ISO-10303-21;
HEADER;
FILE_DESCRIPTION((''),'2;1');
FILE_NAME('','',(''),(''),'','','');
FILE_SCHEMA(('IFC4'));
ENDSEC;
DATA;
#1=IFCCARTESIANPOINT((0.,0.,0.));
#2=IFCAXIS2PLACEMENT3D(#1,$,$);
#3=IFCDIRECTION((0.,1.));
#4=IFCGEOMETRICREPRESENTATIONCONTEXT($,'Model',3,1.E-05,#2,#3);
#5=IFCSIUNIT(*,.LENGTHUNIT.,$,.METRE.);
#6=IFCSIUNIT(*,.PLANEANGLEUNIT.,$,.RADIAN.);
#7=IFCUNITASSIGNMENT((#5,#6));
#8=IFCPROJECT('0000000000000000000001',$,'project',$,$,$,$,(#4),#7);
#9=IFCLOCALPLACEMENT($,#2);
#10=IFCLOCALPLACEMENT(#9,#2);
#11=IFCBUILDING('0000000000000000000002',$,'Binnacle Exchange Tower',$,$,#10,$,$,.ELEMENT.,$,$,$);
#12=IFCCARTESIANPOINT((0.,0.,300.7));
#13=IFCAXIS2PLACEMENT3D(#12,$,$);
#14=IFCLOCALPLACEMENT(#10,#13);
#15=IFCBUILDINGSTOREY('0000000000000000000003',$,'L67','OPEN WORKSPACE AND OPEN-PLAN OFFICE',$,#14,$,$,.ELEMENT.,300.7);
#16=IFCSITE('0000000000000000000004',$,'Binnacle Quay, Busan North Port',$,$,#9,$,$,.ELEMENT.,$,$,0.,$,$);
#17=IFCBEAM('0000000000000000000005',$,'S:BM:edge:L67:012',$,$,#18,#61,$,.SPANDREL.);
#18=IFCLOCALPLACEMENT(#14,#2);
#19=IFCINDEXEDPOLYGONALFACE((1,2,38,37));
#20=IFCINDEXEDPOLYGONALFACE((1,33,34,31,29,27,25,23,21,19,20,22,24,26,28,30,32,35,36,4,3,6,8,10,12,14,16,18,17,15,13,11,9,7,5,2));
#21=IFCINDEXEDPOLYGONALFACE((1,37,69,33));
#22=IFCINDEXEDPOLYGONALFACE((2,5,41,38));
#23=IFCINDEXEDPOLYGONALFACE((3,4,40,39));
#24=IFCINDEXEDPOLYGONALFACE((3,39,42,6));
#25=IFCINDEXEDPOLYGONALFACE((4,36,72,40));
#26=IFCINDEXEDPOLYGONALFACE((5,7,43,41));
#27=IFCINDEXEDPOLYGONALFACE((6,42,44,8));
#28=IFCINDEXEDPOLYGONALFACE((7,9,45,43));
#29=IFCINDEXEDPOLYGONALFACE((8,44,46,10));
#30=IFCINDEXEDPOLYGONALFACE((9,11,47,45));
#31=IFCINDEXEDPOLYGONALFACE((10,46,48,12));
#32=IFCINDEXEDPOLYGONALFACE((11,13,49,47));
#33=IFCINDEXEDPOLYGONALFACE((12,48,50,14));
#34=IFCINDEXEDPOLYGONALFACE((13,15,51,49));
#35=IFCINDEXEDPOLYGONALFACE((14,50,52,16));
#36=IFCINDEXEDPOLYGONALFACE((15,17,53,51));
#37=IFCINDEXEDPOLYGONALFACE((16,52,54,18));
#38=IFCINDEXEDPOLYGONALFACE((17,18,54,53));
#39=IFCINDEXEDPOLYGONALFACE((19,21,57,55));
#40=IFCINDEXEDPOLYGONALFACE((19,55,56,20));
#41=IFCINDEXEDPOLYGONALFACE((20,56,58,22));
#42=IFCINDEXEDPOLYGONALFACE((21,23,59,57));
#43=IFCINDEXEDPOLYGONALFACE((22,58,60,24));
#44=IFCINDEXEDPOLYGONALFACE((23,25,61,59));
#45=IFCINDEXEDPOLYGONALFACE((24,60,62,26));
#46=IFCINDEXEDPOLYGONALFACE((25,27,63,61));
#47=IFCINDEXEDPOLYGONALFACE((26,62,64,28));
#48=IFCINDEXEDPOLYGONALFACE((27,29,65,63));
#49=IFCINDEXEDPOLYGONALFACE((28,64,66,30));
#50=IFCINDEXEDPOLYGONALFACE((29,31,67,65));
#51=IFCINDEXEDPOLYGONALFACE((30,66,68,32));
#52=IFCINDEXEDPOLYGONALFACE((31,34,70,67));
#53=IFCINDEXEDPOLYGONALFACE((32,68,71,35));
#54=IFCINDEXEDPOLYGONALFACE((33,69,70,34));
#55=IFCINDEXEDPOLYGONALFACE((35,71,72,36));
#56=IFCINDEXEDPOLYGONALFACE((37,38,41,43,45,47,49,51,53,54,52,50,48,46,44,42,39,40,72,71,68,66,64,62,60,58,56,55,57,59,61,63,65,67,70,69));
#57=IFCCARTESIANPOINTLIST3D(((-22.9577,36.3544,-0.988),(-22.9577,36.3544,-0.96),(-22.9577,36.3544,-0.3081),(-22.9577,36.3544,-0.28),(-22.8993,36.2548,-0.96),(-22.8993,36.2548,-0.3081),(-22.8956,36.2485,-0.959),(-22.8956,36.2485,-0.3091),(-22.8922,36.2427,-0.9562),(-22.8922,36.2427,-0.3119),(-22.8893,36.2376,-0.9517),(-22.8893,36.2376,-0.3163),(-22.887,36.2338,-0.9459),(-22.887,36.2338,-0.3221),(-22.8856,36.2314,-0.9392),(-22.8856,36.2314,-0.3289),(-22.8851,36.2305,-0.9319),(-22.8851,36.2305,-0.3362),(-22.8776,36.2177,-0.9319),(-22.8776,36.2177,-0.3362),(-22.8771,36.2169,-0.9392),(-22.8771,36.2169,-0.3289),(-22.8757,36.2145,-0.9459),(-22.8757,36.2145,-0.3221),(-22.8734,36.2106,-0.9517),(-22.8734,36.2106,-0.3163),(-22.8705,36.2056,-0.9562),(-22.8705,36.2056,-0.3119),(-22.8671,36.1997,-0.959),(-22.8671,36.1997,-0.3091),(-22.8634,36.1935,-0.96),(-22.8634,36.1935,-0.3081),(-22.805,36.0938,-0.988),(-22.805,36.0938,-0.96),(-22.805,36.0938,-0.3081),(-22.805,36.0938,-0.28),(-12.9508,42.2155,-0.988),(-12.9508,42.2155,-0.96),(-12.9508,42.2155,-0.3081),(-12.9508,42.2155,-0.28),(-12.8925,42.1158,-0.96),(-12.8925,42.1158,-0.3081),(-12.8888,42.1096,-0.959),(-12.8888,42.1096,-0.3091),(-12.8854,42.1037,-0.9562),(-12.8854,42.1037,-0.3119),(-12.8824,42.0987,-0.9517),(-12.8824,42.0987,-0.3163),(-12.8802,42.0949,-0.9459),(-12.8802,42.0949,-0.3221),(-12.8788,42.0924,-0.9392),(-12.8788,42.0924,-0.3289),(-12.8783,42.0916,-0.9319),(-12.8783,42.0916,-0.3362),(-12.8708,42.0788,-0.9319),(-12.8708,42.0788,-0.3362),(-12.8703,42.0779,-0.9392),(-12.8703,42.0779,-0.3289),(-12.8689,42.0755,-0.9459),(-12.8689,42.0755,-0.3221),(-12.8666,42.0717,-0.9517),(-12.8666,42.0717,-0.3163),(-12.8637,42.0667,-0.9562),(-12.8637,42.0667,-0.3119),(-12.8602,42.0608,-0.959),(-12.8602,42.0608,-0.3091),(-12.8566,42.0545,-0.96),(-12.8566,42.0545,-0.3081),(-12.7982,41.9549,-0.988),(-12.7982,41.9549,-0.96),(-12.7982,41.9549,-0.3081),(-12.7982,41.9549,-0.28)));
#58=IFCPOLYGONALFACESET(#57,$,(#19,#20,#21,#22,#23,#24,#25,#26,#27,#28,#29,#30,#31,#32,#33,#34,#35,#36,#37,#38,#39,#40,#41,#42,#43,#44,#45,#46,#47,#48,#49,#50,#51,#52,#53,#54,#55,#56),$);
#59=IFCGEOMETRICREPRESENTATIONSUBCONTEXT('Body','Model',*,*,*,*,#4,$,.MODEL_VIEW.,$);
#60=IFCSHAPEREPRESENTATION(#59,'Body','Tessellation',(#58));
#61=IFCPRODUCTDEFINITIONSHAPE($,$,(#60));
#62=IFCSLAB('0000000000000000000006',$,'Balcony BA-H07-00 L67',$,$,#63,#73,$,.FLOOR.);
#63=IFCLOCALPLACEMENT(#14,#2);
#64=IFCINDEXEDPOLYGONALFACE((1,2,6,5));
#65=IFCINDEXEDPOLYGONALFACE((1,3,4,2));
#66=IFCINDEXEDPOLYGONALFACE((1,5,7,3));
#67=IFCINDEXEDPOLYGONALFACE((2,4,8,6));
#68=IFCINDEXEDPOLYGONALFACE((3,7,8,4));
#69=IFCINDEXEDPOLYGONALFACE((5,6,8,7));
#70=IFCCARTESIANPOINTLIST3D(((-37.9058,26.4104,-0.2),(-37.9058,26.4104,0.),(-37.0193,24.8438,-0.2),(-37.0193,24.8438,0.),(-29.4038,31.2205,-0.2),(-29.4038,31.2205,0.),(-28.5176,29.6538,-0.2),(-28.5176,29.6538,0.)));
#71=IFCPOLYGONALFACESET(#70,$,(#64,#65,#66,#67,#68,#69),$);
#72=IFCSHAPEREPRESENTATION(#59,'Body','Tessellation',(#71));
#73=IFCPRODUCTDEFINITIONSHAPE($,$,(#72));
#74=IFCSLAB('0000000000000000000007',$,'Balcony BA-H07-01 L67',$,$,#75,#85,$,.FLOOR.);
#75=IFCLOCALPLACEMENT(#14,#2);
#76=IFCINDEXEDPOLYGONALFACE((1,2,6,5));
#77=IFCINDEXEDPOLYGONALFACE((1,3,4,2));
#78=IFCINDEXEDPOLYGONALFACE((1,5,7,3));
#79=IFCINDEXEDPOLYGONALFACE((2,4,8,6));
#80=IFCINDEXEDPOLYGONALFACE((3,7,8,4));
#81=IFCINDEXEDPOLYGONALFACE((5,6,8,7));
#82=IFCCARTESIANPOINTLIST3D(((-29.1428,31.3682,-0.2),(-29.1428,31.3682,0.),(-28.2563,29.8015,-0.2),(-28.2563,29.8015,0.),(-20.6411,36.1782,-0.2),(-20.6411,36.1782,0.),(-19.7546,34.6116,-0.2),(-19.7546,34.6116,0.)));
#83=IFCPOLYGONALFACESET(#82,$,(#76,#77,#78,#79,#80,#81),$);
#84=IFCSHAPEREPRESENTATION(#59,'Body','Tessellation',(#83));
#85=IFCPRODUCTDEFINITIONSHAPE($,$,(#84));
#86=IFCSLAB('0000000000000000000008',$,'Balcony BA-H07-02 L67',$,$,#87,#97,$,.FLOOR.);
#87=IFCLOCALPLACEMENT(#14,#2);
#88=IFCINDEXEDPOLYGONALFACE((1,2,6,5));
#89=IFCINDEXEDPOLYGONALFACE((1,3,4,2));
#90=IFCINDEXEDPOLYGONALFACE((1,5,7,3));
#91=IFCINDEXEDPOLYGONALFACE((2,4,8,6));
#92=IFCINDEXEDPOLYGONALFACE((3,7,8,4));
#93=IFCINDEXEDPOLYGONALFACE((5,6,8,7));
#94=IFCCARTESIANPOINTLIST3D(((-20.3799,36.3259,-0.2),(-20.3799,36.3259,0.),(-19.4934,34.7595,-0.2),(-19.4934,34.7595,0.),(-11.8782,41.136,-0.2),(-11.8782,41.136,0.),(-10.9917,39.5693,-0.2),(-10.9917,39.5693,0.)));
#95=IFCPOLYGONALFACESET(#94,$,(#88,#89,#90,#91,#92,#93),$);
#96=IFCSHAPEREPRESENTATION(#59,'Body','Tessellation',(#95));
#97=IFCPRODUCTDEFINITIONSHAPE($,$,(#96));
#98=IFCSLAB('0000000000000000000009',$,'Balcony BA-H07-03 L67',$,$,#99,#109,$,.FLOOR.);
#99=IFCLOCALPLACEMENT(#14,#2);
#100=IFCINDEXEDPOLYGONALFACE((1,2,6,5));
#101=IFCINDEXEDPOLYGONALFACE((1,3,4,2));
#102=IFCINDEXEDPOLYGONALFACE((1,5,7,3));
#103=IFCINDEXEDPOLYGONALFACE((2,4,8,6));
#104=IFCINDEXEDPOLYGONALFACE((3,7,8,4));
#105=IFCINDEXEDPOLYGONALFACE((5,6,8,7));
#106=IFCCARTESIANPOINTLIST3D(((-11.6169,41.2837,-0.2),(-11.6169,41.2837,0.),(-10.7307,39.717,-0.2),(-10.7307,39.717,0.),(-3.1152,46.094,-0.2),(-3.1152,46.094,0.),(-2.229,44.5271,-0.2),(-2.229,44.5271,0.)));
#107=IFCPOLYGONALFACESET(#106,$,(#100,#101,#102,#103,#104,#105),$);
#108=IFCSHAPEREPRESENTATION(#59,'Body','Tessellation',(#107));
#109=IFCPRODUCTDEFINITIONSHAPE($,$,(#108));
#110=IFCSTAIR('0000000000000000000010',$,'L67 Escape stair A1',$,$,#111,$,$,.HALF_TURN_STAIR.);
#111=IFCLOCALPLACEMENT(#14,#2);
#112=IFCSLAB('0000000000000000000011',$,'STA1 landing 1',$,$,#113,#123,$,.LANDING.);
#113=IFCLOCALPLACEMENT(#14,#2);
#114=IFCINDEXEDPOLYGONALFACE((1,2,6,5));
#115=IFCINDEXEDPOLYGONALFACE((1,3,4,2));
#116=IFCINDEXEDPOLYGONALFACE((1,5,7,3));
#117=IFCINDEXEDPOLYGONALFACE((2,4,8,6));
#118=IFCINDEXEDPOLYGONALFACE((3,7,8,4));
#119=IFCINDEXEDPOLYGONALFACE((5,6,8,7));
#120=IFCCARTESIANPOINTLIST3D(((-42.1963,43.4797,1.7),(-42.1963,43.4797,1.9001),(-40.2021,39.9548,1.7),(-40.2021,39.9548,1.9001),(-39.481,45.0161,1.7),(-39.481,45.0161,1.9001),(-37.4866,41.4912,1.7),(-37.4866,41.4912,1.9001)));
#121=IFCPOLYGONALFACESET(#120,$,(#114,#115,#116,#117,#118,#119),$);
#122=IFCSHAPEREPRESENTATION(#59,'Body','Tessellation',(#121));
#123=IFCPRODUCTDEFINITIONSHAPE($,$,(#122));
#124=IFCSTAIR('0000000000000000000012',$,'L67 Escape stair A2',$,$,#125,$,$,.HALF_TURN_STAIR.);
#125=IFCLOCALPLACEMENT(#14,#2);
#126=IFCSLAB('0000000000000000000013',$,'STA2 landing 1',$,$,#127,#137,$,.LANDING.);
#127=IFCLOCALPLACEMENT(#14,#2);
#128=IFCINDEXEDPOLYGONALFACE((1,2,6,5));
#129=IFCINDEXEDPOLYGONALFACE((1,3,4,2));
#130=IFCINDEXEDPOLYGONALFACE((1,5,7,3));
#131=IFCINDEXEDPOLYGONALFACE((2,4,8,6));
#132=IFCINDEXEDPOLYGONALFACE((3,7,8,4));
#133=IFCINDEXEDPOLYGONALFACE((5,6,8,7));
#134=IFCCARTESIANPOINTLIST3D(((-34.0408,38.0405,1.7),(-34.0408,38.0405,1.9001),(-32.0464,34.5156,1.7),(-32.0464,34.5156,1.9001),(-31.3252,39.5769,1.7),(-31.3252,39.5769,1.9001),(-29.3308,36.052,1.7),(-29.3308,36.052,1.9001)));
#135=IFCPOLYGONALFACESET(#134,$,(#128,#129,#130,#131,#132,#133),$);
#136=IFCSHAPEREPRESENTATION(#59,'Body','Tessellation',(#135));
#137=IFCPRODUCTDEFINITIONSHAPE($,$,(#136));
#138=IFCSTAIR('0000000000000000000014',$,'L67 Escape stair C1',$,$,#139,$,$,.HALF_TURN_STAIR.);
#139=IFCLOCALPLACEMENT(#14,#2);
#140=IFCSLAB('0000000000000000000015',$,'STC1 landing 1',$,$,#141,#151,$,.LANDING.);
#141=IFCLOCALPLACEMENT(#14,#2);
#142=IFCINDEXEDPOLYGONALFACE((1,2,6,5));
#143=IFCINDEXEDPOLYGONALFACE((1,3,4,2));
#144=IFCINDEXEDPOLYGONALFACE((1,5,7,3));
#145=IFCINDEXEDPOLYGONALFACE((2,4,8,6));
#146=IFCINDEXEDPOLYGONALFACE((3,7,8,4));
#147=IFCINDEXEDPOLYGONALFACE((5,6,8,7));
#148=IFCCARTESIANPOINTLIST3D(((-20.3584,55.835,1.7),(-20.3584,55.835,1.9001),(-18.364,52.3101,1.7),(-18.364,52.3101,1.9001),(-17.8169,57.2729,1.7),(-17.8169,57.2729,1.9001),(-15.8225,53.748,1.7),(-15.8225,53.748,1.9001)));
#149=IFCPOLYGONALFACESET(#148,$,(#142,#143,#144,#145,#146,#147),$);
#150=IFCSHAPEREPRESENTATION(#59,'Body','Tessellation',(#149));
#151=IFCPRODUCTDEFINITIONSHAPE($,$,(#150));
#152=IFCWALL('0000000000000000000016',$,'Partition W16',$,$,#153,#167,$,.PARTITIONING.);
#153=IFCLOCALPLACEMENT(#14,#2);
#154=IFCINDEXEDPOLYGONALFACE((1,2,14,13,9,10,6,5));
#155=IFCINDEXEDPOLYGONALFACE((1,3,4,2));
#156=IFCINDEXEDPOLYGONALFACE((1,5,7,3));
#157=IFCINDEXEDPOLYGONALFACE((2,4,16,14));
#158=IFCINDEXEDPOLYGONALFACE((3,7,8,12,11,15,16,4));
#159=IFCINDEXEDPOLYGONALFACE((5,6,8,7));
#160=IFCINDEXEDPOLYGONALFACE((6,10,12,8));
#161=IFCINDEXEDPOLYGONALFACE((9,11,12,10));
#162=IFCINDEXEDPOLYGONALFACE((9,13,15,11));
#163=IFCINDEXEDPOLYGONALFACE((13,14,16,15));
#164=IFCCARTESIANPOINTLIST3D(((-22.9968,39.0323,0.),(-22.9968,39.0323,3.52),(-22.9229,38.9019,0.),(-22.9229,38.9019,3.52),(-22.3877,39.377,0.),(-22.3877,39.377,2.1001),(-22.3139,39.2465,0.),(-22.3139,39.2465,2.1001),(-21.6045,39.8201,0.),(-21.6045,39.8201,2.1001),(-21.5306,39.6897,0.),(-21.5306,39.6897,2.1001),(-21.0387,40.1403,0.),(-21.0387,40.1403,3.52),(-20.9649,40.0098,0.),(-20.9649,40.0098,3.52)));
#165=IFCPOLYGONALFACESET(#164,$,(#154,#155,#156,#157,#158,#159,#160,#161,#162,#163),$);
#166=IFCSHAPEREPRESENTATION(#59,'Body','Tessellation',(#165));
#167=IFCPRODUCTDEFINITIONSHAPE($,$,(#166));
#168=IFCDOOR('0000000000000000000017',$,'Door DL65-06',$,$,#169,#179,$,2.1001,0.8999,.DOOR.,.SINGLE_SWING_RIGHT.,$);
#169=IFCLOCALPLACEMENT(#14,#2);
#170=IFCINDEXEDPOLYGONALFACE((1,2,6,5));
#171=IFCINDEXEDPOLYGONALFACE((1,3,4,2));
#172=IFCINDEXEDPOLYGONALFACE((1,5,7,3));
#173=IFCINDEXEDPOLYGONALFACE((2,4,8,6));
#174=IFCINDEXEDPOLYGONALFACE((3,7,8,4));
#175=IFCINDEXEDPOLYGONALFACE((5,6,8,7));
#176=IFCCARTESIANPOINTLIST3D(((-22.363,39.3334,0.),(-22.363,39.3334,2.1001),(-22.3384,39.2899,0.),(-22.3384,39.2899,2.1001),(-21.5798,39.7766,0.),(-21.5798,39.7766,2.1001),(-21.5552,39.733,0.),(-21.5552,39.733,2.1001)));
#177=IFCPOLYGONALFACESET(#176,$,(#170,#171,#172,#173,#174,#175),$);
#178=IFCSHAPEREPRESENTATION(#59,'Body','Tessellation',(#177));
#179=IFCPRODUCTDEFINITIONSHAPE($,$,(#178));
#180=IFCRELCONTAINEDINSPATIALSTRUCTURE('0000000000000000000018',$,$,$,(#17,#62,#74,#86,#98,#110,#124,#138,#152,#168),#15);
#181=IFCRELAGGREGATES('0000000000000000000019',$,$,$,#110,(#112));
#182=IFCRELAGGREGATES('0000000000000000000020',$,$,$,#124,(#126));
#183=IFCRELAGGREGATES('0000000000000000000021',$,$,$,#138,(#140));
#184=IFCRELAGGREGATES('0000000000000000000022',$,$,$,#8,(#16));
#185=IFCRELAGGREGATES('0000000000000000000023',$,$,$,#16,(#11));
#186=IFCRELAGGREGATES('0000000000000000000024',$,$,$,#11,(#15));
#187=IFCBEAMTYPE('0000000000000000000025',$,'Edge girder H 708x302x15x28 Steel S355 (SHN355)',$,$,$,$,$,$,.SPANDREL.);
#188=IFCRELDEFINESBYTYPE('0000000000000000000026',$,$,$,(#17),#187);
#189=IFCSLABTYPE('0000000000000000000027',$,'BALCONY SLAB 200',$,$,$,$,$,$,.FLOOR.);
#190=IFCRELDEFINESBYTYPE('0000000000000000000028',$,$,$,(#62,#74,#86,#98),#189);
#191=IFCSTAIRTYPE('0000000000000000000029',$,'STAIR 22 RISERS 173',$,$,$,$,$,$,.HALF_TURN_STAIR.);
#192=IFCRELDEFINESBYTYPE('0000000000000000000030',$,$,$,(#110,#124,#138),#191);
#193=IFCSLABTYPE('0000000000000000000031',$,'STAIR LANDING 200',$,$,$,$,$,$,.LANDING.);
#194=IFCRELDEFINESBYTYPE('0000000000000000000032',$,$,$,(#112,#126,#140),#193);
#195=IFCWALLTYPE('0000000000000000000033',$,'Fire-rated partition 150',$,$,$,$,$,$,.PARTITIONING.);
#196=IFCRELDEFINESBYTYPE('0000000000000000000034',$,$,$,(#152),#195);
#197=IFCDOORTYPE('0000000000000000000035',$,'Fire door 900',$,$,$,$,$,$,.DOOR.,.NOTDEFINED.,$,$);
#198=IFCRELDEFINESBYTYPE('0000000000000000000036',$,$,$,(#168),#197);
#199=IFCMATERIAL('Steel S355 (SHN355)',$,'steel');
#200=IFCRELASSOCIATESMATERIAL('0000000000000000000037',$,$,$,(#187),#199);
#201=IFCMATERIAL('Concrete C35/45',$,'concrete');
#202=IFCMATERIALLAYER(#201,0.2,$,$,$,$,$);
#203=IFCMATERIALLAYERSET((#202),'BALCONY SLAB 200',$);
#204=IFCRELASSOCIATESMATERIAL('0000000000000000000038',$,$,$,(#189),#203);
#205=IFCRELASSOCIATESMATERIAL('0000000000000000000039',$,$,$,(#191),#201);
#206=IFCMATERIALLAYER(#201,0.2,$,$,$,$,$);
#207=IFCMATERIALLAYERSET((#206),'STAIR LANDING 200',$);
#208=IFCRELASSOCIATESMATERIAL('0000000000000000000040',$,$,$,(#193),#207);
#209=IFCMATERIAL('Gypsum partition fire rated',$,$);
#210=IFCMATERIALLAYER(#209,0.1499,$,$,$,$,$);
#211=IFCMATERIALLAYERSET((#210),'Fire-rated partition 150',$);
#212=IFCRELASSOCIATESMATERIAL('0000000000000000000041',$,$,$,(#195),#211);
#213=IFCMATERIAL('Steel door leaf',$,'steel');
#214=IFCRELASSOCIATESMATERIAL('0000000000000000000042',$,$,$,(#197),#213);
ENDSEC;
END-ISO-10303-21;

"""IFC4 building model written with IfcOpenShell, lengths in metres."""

from ifc_helpers import new_model, si_unit, direction, frame, frame_2d, origin, origin_2d, place, context, subcontext, project, spatial, polyline, rectangle, i_section, outline, extrude, material, layer, layer_set, material_profile, profile_set, type_object, element, fill, aggregate, save


model = new_model("IFC4")

# Units and contexts
model_context = context("Model", 3, precision=1e-05, world=origin(), true_north=direction((0.0, 1.0)))
body_context = subcontext(model_context, "Body", "Model", "MODEL_VIEW")
ifc_project = project(units=[si_unit("LENGTHUNIT", "METRE"), si_unit("PLANEANGLEUNIT", "RADIAN")], contexts=[model_context])

# Site, building, storey
site_placement = place(None, origin())
site = spatial("IfcSite", under=ifc_project, at=site_placement, Name="Binnacle Quay, Busan North Port", CompositionType="ELEMENT", RefElevation=0.0)
building_placement = place(site_placement, origin())
building = spatial("IfcBuilding", under=site, at=building_placement, Name="Binnacle Exchange Tower", CompositionType="ELEMENT")
storey_placement = place(building_placement, frame((0.0, 0.0, 300.7)))
storey = spatial("IfcBuildingStorey", under=building, at=storey_placement, Name="L67", Description="OPEN WORKSPACE AND OPEN-PLAN OFFICE", CompositionType="ELEMENT", Elevation=300.7)

# Beam
ifc_material_1 = material(Name="Steel S355 (SHN355)", Category="steel")
ifc_material_profile = material_profile(ifc_material_1, i_section(OverallWidth=0.302, OverallDepth=0.708, WebThickness=0.0149, FlangeThickness=0.0281, FilletRadius=0.0281, at=origin_2d()), Name="H 708x302x15x28")
ifc_profile_set = profile_set([ifc_material_profile], Name="Steel S355 (SHN355)")
beam_type = type_object("IfcBeamType", Name="Edge girder H 708x302x15x28 Steel S355 (SHN355)", PredefinedType="SPANDREL", material=ifc_profile_set)
beam_placement = place(storey_placement, frame((-22.8813, 36.2241, -0.634), z_axis=(0.862886, 0.505399, 0.0), x_axis=(-0.505399, 0.862886, 0.0)))
element("IfcBeam", 1, at=beam_placement, inside=storey, type_object=beam_type, Name="S:BM:edge:L67:012", PredefinedType="SPANDREL", context=body_context, shape_type="SweptSolid", body=[
    extrude(i_section(OverallWidth=0.302, OverallDepth=0.708, WebThickness=0.0149, FlangeThickness=0.0281, FilletRadius=0.0281, at=origin_2d()), origin(), (0.0, 0.0, 1.0), 11.5969),
])

# Slabs
ifc_material_2 = material(Name="Concrete C35/45", Category="concrete")
ifc_layer_1 = layer(ifc_material_2, 0.2)
ifc_layer_set_1 = layer_set([ifc_layer_1], Name="BALCONY SLAB 200")
slab_type_1 = type_object("IfcSlabType", Name="BALCONY SLAB 200", PredefinedType="FLOOR", material=ifc_layer_set_1)
slab_1_placement = place(storey_placement, frame((0.0, 0.0, -0.2)))
element("IfcSlab", 2, at=slab_1_placement, inside=storey, type_object=slab_type_1, Name="Balcony BA-H07-00 L67", PredefinedType="FLOOR", context=body_context, shape_type="SweptSolid", body=[
    extrude(outline(polyline([(-37.9058, 26.4104), (-29.4038, 31.2205), (-28.5176, 29.6538), (-37.0193, 24.8438), (-37.9058, 26.4104)])), origin(), (0.0, 0.0, 1.0), 0.2),
])
slab_2_placement = place(storey_placement, frame((0.0, 0.0, -0.2)))
element("IfcSlab", 3, at=slab_2_placement, inside=storey, type_object=slab_type_1, Name="Balcony BA-H07-01 L67", PredefinedType="FLOOR", context=body_context, shape_type="SweptSolid", body=[
    extrude(outline(polyline([(-29.1428, 31.3682), (-20.6411, 36.1782), (-19.7546, 34.6116), (-28.2563, 29.8015), (-29.1428, 31.3682)])), origin(), (0.0, 0.0, 1.0), 0.2),
])
slab_3_placement = place(storey_placement, frame((0.0, 0.0, -0.2)))
element("IfcSlab", 4, at=slab_3_placement, inside=storey, type_object=slab_type_1, Name="Balcony BA-H07-02 L67", PredefinedType="FLOOR", context=body_context, shape_type="SweptSolid", body=[
    extrude(outline(polyline([(-20.3799, 36.3259), (-11.8782, 41.136), (-10.9917, 39.5693), (-19.4934, 34.7595), (-20.3799, 36.3259)])), origin(), (0.0, 0.0, 1.0), 0.2),
])
slab_4_placement = place(storey_placement, frame((0.0, 0.0, -0.2)))
element("IfcSlab", 5, at=slab_4_placement, inside=storey, type_object=slab_type_1, Name="Balcony BA-H07-03 L67", PredefinedType="FLOOR", context=body_context, shape_type="SweptSolid", body=[
    extrude(outline(polyline([(-11.6169, 41.2837), (-3.1152, 46.094), (-2.229, 44.5271), (-10.7307, 39.717), (-11.6169, 41.2837)])), origin(), (0.0, 0.0, 1.0), 0.2),
])

# Stairs, slabs
stair_type = type_object("IfcStairType", Name="STAIR 22 RISERS 173", PredefinedType="HALF_TURN_STAIR", material=ifc_material_2)
stair_1_placement = place(storey_placement, origin())
stair_1 = element("IfcStair", 6, at=stair_1_placement, inside=storey, type_object=stair_type, Name="L67 Escape stair A1", PredefinedType="HALF_TURN_STAIR")
ifc_layer_2 = layer(ifc_material_2, 0.2)
ifc_layer_set_2 = layer_set([ifc_layer_2], Name="STAIR LANDING 200")
slab_type_2 = type_object("IfcSlabType", Name="STAIR LANDING 200", PredefinedType="LANDING", material=ifc_layer_set_2)
slab_5_placement = place(storey_placement, frame((0.0, 0.0, 1.7)))
slab_5 = element("IfcSlab", 7, at=slab_5_placement, type_object=slab_type_2, Name="STA1 landing 1", PredefinedType="LANDING", context=body_context, shape_type="SweptSolid", body=[
    extrude(outline(polyline([(-40.2021, 39.9548), (-37.4866, 41.4912), (-39.481, 45.0161), (-42.1963, 43.4797), (-40.2021, 39.9548)])), origin(), (0.0, 0.0, 1.0), 0.2002),
])
aggregate(stair_1, [slab_5])
stair_2_placement = place(storey_placement, origin())
stair_2 = element("IfcStair", 8, at=stair_2_placement, inside=storey, type_object=stair_type, Name="L67 Escape stair A2", PredefinedType="HALF_TURN_STAIR")
slab_6_placement = place(storey_placement, frame((0.0, 0.0, 1.7)))
slab_6 = element("IfcSlab", 9, at=slab_6_placement, type_object=slab_type_2, Name="STA2 landing 1", PredefinedType="LANDING", context=body_context, shape_type="SweptSolid", body=[
    extrude(outline(polyline([(-31.3252, 39.5769), (-34.0408, 38.0405), (-32.0464, 34.5156), (-29.3308, 36.052), (-31.3252, 39.5769)])), origin(), (0.0, 0.0, 1.0), 0.2002),
])
aggregate(stair_2, [slab_6])
stair_3_placement = place(storey_placement, origin())
stair_3 = element("IfcStair", 10, at=stair_3_placement, inside=storey, type_object=stair_type, Name="L67 Escape stair C1", PredefinedType="HALF_TURN_STAIR")
slab_7_placement = place(storey_placement, frame((0.0, 0.0, 1.7)))
slab_7 = element("IfcSlab", 11, at=slab_7_placement, type_object=slab_type_2, Name="STC1 landing 1", PredefinedType="LANDING", context=body_context, shape_type="SweptSolid", body=[
    extrude(outline(polyline([(-18.364, 52.3101), (-15.8225, 53.748), (-17.8169, 57.2729), (-20.3584, 55.835), (-18.364, 52.3101)])), origin(), (0.0, 0.0, 1.0), 0.2002),
])
aggregate(stair_3, [slab_7])

# Wall, opening, door
ifc_material_3 = material(Name="Gypsum partition fire rated")
ifc_layer_3 = layer(ifc_material_3, 0.1499)
ifc_layer_set_3 = layer_set([ifc_layer_3], Name="Fire-rated partition 150")
wall_type = type_object("IfcWallType", Name="Fire-rated partition 150", PredefinedType="PARTITIONING", material=ifc_layer_set_3)
wall_placement = place(storey_placement, frame((-22.96, 38.967, 0.0), z_axis=(0.0, 0.0, 1.0), x_axis=(0.870332, 0.492465, 0.0)))
wall = element("IfcWall", 12, at=wall_placement, inside=storey, type_object=wall_type, Name="Partition W16", PredefinedType="PARTITIONING", context=body_context, shape_type="SweptSolid", body=[
    extrude(rectangle(XDim=2.2498, YDim=0.1499, at=frame_2d((1.125, 0.0))), origin(), (0.0, 0.0, 1.0), 3.52),
])
opening_placement = place(wall_placement, frame((0.7, 0.0, 0.0)))
opening = element("IfcOpeningElement", 13, at=opening_placement, cuts=wall, PredefinedType="OPENING", context=body_context, shape_type="SweptSolid", body=[
    extrude(rectangle(XDim=0.8999, YDim=2.1001, at=frame_2d((0.45, 1.05))), frame((0.0, 0.085, 0.0), z_axis=(0.0, -1.0, 0.0), x_axis=(1.0, 0.0, 0.0)), (0.0, 0.0, 1.0), 0.1699),
])
ifc_material_4 = material(Name="Steel door leaf", Category="steel")
door_type = type_object("IfcDoorType", Name="Fire door 900", OperationType="NOTDEFINED", PredefinedType="DOOR", material=ifc_material_4)
door_placement = place(opening_placement, origin())
door = element("IfcDoor", 14, at=door_placement, inside=storey, type_object=door_type, Name="Door DL65-06", OperationType="SINGLE_SWING_RIGHT", OverallHeight=2.1001, OverallWidth=0.8999, PredefinedType="DOOR", context=body_context, shape_type="SweptSolid", body=[
    extrude(rectangle(XDim=0.8999, YDim=2.1001, at=frame_2d((0.45, 1.05))), frame((0.0, 0.0249, 0.0), z_axis=(0.0, -1.0, 0.0), x_axis=(1.0, 0.0, 0.0)), (0.0, 0.0, 1.0), 0.05),
])
fill(opening, door)

save(model, "model.ifc")
